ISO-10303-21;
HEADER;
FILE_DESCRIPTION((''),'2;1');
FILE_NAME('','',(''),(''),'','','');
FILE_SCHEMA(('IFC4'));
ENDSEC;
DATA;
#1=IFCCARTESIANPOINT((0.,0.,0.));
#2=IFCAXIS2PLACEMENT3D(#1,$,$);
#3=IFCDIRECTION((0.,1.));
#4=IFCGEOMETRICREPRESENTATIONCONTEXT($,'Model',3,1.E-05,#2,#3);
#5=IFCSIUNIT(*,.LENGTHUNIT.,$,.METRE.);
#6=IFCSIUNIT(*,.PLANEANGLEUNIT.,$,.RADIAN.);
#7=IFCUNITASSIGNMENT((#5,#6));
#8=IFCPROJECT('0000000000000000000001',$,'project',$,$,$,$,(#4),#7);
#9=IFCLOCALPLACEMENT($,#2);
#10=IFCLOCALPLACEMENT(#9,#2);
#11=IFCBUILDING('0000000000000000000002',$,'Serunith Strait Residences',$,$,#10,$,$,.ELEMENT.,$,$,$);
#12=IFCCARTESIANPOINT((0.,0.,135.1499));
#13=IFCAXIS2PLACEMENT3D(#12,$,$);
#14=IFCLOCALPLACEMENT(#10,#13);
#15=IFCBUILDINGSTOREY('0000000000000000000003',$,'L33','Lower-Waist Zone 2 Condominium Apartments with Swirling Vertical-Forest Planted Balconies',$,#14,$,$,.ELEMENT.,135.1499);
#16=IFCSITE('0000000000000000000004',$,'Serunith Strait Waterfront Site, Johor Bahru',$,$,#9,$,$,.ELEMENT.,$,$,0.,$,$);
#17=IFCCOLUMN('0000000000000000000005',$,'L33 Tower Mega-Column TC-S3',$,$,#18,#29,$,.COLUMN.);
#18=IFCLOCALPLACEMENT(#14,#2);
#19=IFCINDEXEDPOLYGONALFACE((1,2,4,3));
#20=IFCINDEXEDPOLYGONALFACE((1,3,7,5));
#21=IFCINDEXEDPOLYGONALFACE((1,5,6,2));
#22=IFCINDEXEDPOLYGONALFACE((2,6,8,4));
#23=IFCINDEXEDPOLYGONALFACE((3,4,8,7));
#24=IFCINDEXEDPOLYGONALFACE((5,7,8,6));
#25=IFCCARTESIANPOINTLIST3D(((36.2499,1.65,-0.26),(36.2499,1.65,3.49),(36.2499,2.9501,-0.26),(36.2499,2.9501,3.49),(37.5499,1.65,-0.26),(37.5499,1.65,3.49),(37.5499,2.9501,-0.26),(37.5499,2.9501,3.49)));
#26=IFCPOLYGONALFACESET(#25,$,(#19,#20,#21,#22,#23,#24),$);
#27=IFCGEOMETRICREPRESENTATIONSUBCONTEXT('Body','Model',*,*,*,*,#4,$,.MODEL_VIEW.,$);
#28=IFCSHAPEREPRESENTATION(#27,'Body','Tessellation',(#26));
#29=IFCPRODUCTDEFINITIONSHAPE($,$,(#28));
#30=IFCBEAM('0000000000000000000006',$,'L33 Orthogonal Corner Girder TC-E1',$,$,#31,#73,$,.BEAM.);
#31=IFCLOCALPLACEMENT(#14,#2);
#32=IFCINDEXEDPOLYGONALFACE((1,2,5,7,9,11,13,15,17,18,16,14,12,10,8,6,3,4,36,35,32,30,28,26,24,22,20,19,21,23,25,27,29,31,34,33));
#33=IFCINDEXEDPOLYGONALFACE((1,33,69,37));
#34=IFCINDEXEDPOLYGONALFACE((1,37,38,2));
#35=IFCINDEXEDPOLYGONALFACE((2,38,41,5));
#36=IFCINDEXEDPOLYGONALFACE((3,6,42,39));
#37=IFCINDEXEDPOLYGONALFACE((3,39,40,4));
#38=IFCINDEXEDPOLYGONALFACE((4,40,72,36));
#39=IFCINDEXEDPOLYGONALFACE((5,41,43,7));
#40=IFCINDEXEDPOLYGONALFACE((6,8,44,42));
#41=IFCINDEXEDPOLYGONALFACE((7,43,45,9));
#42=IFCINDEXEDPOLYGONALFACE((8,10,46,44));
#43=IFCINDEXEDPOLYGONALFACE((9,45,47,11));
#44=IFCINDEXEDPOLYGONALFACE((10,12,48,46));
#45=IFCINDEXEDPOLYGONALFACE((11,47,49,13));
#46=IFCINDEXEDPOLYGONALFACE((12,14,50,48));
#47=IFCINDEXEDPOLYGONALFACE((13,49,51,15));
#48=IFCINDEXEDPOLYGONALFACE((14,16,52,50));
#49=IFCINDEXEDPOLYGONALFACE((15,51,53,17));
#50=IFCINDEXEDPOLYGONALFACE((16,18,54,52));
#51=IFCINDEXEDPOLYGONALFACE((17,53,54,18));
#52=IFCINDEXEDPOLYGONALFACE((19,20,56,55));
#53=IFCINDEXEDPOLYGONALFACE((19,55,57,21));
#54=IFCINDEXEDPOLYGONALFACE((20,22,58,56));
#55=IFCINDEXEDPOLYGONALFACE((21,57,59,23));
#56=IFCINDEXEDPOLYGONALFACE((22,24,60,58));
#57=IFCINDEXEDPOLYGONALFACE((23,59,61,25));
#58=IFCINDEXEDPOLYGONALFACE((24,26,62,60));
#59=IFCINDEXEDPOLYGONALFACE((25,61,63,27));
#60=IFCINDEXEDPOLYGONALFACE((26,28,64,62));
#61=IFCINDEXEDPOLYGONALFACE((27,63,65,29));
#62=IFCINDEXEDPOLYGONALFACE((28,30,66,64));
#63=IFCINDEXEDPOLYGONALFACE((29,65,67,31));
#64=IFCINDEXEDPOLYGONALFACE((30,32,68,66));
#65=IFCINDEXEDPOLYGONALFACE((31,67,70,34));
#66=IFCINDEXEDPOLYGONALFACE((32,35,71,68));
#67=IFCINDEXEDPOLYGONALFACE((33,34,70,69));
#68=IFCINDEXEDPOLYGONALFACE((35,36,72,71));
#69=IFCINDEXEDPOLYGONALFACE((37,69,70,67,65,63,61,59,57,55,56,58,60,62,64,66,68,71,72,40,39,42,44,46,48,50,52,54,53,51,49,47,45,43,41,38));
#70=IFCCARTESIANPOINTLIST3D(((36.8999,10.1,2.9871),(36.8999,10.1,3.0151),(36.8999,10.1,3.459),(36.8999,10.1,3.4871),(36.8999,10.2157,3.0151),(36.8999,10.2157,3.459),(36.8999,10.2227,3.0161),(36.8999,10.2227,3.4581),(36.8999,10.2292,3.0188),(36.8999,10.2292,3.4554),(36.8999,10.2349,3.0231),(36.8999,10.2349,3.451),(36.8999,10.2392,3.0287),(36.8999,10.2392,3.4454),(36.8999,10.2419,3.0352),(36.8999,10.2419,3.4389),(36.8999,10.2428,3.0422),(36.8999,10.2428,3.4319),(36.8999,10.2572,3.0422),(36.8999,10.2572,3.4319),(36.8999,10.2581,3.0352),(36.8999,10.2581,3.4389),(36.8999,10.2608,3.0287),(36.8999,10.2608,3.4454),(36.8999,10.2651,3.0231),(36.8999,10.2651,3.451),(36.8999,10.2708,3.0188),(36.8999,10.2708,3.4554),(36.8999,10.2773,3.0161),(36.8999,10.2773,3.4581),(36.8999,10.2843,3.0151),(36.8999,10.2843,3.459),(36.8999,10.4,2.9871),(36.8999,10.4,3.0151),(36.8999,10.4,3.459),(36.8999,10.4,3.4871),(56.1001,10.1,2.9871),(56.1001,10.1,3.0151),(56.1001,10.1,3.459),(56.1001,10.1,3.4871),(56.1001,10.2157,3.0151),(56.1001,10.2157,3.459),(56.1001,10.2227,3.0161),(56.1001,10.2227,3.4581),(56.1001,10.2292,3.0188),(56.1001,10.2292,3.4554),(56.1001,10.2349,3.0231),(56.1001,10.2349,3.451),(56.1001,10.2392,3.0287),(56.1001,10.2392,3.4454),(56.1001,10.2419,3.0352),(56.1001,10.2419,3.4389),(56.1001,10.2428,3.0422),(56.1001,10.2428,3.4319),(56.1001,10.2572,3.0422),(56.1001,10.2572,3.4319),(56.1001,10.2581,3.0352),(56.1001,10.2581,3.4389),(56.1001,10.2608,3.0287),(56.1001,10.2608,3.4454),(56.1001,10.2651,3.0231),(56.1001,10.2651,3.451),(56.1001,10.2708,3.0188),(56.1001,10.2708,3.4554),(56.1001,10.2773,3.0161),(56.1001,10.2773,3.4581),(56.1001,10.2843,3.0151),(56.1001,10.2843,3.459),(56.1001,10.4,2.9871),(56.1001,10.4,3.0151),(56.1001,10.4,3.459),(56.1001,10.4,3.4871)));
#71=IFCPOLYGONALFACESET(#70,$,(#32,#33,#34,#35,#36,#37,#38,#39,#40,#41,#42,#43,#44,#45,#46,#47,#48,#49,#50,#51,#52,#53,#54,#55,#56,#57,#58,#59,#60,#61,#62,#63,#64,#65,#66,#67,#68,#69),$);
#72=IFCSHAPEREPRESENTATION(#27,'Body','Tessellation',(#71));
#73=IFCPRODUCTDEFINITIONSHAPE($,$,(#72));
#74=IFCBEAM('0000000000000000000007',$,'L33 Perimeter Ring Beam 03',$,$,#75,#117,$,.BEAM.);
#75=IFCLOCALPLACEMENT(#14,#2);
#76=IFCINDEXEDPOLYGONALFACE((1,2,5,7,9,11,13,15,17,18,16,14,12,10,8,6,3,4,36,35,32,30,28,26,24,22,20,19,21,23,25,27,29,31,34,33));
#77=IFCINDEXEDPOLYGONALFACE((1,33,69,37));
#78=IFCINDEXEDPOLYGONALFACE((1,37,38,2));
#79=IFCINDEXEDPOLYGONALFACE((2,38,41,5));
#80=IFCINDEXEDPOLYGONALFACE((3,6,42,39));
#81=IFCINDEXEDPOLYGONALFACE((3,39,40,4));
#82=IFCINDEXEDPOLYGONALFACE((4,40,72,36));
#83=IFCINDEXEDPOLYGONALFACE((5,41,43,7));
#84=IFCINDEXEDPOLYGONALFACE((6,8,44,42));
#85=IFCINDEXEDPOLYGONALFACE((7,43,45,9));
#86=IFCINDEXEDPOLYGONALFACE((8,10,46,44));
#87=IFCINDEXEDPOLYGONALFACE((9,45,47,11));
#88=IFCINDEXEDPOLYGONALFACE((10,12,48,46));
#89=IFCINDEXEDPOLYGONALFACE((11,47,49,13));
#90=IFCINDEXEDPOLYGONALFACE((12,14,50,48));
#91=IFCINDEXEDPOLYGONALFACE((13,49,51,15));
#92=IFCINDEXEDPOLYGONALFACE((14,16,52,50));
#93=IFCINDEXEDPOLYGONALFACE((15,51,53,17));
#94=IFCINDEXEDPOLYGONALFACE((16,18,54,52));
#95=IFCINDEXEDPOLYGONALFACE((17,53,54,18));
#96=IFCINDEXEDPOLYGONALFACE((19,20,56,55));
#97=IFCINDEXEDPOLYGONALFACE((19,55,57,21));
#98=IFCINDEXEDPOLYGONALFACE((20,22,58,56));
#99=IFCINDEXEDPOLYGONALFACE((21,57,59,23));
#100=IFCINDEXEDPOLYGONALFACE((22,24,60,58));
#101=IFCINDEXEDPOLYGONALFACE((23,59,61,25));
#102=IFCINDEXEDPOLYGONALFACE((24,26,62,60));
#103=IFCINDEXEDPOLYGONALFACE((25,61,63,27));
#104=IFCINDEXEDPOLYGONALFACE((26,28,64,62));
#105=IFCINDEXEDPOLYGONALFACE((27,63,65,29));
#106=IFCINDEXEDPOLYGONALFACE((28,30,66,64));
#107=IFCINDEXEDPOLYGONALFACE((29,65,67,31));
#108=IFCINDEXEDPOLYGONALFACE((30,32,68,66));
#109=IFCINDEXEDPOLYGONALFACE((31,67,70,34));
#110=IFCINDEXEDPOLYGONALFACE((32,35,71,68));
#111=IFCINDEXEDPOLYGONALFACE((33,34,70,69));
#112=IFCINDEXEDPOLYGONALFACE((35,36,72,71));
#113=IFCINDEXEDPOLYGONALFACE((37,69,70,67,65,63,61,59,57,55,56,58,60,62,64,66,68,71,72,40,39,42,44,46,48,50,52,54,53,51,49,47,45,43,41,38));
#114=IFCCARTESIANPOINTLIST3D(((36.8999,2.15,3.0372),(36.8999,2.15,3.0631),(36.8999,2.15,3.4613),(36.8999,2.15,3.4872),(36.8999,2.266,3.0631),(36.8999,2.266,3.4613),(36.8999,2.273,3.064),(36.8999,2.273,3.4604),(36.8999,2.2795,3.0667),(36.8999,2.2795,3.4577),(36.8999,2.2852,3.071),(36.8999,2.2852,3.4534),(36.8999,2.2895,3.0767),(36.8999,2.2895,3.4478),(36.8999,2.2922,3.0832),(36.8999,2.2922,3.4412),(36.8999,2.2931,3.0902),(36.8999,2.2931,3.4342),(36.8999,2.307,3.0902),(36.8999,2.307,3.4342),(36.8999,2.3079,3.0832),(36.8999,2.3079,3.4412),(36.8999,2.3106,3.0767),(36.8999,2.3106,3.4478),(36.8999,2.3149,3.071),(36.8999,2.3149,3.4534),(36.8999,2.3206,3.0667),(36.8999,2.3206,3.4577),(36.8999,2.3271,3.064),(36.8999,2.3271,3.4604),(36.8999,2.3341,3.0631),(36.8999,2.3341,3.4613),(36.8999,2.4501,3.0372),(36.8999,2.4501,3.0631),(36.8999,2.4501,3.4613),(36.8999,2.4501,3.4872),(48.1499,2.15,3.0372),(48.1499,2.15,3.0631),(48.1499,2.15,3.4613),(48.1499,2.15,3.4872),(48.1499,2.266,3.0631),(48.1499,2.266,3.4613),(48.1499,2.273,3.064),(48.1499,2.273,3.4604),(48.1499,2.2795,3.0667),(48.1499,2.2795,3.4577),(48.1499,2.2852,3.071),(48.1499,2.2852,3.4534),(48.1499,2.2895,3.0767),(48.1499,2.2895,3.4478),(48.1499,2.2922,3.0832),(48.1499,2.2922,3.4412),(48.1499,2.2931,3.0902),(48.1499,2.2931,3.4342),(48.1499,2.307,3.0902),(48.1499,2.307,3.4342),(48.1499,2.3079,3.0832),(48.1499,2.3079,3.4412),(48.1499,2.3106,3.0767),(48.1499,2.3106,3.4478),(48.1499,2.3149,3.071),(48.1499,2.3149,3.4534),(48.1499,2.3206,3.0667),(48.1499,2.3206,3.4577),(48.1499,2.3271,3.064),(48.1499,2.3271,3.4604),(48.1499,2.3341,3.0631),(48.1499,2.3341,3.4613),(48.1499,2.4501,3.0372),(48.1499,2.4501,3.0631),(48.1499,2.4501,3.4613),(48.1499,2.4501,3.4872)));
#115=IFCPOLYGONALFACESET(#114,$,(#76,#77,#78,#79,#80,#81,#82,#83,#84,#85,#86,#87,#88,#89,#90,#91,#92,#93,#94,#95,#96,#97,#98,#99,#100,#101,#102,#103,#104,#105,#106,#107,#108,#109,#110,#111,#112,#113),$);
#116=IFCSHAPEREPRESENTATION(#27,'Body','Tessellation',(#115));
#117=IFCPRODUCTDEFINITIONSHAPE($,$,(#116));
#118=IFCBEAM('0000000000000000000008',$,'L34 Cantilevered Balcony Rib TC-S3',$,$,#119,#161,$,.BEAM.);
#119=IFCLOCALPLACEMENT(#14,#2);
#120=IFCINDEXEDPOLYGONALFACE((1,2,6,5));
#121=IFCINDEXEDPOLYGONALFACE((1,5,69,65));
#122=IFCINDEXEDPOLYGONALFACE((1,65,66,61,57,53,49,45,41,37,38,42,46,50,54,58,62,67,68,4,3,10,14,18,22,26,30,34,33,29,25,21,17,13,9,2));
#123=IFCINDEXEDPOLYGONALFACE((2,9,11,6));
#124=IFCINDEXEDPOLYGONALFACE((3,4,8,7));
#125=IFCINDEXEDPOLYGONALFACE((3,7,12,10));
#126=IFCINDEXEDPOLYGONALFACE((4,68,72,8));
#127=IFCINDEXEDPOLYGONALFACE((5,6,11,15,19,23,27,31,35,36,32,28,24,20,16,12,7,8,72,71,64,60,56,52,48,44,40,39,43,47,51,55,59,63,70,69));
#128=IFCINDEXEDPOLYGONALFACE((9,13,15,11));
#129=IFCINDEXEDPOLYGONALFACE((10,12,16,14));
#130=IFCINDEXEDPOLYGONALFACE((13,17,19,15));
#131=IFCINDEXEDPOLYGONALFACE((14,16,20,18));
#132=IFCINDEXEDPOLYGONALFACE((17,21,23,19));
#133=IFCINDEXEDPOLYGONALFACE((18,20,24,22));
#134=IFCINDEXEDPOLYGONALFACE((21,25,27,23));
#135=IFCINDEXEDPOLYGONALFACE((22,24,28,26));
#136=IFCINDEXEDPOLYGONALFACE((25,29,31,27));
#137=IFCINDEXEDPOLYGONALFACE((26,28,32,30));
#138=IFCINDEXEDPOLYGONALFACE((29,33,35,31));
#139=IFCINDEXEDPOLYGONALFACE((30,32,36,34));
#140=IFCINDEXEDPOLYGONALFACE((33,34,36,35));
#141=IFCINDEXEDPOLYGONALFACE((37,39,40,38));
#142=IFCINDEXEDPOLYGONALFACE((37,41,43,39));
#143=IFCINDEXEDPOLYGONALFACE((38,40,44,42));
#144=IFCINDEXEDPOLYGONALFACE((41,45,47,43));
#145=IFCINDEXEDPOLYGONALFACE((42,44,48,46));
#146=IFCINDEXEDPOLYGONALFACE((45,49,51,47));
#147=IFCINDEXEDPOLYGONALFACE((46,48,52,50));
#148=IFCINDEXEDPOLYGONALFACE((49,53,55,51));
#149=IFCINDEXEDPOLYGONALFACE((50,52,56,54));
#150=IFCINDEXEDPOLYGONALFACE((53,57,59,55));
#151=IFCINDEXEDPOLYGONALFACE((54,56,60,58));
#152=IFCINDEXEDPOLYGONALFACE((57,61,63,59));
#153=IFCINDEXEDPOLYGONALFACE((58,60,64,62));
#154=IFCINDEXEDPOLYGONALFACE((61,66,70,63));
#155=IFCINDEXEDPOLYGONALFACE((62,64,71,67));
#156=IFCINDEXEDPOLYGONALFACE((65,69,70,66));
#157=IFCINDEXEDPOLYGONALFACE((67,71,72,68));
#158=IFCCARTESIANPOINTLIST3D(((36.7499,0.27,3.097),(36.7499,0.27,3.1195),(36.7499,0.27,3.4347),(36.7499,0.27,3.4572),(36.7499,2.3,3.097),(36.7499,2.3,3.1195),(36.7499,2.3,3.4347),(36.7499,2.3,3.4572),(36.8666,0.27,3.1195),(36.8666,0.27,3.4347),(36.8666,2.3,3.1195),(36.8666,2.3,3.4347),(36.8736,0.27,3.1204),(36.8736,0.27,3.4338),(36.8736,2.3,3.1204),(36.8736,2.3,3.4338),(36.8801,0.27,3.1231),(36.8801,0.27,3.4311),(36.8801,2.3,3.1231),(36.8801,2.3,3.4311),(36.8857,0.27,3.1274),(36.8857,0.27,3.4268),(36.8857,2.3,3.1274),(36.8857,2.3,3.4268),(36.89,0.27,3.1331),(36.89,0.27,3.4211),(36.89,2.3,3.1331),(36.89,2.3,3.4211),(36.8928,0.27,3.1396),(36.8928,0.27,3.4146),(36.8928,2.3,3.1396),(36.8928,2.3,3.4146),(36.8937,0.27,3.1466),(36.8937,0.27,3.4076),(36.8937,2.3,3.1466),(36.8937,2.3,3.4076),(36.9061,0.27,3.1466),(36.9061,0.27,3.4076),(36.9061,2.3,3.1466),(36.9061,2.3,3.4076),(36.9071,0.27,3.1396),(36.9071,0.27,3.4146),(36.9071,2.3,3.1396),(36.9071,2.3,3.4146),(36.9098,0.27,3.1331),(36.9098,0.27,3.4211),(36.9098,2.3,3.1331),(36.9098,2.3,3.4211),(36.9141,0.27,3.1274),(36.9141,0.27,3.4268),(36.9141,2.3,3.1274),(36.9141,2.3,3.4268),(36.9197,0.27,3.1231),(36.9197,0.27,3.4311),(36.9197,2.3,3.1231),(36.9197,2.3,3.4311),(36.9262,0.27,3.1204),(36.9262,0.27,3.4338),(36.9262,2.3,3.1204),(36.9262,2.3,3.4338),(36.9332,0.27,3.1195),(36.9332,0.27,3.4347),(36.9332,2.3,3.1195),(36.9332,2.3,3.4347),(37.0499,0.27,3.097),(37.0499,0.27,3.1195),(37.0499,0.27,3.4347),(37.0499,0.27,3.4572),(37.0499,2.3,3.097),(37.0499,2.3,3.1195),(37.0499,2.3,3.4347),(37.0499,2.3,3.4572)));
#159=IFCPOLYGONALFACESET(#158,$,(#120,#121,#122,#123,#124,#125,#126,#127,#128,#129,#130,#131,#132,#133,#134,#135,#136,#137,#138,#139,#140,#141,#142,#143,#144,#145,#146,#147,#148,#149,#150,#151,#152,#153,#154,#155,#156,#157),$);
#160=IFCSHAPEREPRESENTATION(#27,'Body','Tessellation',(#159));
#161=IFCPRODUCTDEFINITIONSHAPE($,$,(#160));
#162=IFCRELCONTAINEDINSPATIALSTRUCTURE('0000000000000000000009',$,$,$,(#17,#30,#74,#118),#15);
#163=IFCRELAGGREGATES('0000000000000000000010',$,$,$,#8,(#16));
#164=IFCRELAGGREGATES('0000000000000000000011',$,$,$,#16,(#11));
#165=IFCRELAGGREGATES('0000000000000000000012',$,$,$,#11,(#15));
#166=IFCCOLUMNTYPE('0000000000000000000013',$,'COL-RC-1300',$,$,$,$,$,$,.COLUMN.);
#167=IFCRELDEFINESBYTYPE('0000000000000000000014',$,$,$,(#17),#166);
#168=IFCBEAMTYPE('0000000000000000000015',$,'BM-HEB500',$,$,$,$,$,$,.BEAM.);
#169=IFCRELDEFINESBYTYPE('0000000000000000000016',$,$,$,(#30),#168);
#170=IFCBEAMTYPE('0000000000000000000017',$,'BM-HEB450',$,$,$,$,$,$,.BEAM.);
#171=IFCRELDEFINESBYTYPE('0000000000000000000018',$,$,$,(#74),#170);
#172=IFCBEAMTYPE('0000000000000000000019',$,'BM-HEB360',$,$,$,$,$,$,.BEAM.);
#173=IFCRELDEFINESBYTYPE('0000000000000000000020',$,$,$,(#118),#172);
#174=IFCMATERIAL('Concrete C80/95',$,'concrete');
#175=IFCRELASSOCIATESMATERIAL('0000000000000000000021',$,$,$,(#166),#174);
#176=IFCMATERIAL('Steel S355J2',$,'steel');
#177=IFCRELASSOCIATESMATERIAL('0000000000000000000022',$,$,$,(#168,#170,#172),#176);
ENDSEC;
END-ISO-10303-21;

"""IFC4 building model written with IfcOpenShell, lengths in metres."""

from ifc_helpers import new_model, si_unit, direction, frame, origin, origin_2d, place, context, subcontext, project, spatial, rectangle, i_section, extrude, source, transform, mapped, material, material_profile, profile_set, type_object, element, save


model = new_model("IFC4")

# Units and contexts
model_context = context("Model", 3, precision=1e-05, world=origin(), true_north=direction((0.0, 1.0)))
body_context = subcontext(model_context, "Body", "Model", "MODEL_VIEW")
ifc_project = project(units=[si_unit("LENGTHUNIT", "METRE"), si_unit("PLANEANGLEUNIT", "RADIAN")], contexts=[model_context])

# Site, building, storey
site_placement = place(None, origin())
site = spatial("IfcSite", under=ifc_project, at=site_placement, Name="Serunith Strait Waterfront Site, Johor Bahru", CompositionType="ELEMENT", RefElevation=0.0)
building_placement = place(site_placement, origin())
building = spatial("IfcBuilding", under=site, at=building_placement, Name="Serunith Strait Residences", CompositionType="ELEMENT")
storey_placement = place(building_placement, frame((0.0, 0.0, 135.1499)))
storey = spatial("IfcBuildingStorey", under=building, at=storey_placement, Name="L33", Description="Lower-Waist Zone 2 Condominium Apartments with Swirling Vertical-Forest Planted Balconies", CompositionType="ELEMENT", Elevation=135.1499)

# Column
ifc_material_1 = material(Name="Concrete C80/95", Category="concrete")
ifc_material_profile_1 = material_profile(ifc_material_1, rectangle(XDim=1.3, YDim=1.3, at=origin_2d()), Name="RC 1300x1300")
ifc_profile_set_1 = profile_set([ifc_material_profile_1], Name="Concrete C80/95")
column_type = type_object("IfcColumnType", Name="COL-RC-1300", PredefinedType="COLUMN", material=ifc_profile_set_1)
shared_shape_1 = source(origin(), body_context, "Body", "SweptSolid", [
    extrude(rectangle(XDim=1.3, YDim=1.3, at=origin_2d()), origin(), (0.0, 0.0, 1.0), 3.75),
])
column_placement = place(storey_placement, frame((36.8999, 2.3, -0.26), z_axis=(0.0, 0.0, 1.0), x_axis=(1.0, 0.0, 0.0)))
element("IfcColumn", 1, at=column_placement, inside=storey, type_object=column_type, Name="L33 Tower Mega-Column TC-S3", PredefinedType="COLUMN", context=body_context, shape_type="MappedRepresentation", body=[
    mapped(shared_shape_1, transform((0.0, 0.0, 0.0), scale=1.0)),
])

# Beams
ifc_material_2 = material(Name="Steel S355J2", Category="steel")
ifc_material_profile_2 = material_profile(ifc_material_2, i_section(OverallWidth=0.3, OverallDepth=0.5, WebThickness=0.0144, FlangeThickness=0.0281, FilletRadius=0.0271, at=origin_2d()), Name="HEB 500")
ifc_profile_set_2 = profile_set([ifc_material_profile_2], Name="Steel S355J2")
beam_type_1 = type_object("IfcBeamType", Name="BM-HEB500", PredefinedType="BEAM", material=ifc_profile_set_2)
shared_shape_2 = source(origin(), body_context, "Body", "SweptSolid", [
    extrude(i_section(OverallWidth=0.3, OverallDepth=0.5, WebThickness=0.0144, FlangeThickness=0.0281, FilletRadius=0.0271, at=origin_2d()), origin(), (0.0, 0.0, 1.0), 19.2002),
])
beam_1_placement = place(storey_placement, frame((36.8999, 10.25, 3.2371), z_axis=(1.0, 0.0, 0.0), x_axis=(0.0, 1.0, 0.0)))
element("IfcBeam", 2, at=beam_1_placement, inside=storey, type_object=beam_type_1, Name="L33 Orthogonal Corner Girder TC-E1", PredefinedType="BEAM", context=body_context, shape_type="MappedRepresentation", body=[
    mapped(shared_shape_2, transform((0.0, 0.0, 0.0), scale=1.0)),
])
ifc_material_profile_3 = material_profile(ifc_material_2, i_section(OverallWidth=0.3, OverallDepth=0.45, WebThickness=0.0139, FlangeThickness=0.0259, FilletRadius=0.0271, at=origin_2d()), Name="HEB 450")
ifc_profile_set_3 = profile_set([ifc_material_profile_3], Name="Steel S355J2")
beam_type_2 = type_object("IfcBeamType", Name="BM-HEB450", PredefinedType="BEAM", material=ifc_profile_set_3)
shared_shape_3 = source(origin(), body_context, "Body", "SweptSolid", [
    extrude(i_section(OverallWidth=0.3, OverallDepth=0.45, WebThickness=0.0139, FlangeThickness=0.0259, FilletRadius=0.0271, at=origin_2d()), origin(), (0.0, 0.0, 1.0), 11.25),
])
beam_2_placement = place(storey_placement, frame((36.8999, 2.3, 3.2622), z_axis=(1.0, 0.0, 0.0), x_axis=(0.0, 1.0, 0.0)))
element("IfcBeam", 3, at=beam_2_placement, inside=storey, type_object=beam_type_2, Name="L33 Perimeter Ring Beam 03", PredefinedType="BEAM", context=body_context, shape_type="MappedRepresentation", body=[
    mapped(shared_shape_3, transform((0.0, 0.0, 0.0), scale=1.0)),
])
ifc_material_profile_4 = material_profile(ifc_material_2, i_section(OverallWidth=0.3, OverallDepth=0.3601, WebThickness=0.0125, FlangeThickness=0.0225, FilletRadius=0.0271, at=origin_2d()), Name="HEB 360")
ifc_profile_set_4 = profile_set([ifc_material_profile_4], Name="Steel S355J2")
beam_type_3 = type_object("IfcBeamType", Name="BM-HEB360", PredefinedType="BEAM", material=ifc_profile_set_4)
shared_shape_4 = source(origin(), body_context, "Body", "SweptSolid", [
    extrude(i_section(OverallWidth=0.3, OverallDepth=0.3601, WebThickness=0.0125, FlangeThickness=0.0225, FilletRadius=0.0271, at=origin_2d()), origin(), (0.0, 0.0, 1.0), 2.03),
])
beam_3_placement = place(storey_placement, frame((36.8999, 2.3, 3.2771), z_axis=(0.0, -1.0, 0.0), x_axis=(1.0, 0.0, 0.0)))
element("IfcBeam", 4, at=beam_3_placement, inside=storey, type_object=beam_type_3, Name="L34 Cantilevered Balcony Rib TC-S3", PredefinedType="BEAM", context=body_context, shape_type="MappedRepresentation", body=[
    mapped(shared_shape_4, transform((0.0, 0.0, 0.0), scale=1.0)),
])

save(model, "model.ifc")
